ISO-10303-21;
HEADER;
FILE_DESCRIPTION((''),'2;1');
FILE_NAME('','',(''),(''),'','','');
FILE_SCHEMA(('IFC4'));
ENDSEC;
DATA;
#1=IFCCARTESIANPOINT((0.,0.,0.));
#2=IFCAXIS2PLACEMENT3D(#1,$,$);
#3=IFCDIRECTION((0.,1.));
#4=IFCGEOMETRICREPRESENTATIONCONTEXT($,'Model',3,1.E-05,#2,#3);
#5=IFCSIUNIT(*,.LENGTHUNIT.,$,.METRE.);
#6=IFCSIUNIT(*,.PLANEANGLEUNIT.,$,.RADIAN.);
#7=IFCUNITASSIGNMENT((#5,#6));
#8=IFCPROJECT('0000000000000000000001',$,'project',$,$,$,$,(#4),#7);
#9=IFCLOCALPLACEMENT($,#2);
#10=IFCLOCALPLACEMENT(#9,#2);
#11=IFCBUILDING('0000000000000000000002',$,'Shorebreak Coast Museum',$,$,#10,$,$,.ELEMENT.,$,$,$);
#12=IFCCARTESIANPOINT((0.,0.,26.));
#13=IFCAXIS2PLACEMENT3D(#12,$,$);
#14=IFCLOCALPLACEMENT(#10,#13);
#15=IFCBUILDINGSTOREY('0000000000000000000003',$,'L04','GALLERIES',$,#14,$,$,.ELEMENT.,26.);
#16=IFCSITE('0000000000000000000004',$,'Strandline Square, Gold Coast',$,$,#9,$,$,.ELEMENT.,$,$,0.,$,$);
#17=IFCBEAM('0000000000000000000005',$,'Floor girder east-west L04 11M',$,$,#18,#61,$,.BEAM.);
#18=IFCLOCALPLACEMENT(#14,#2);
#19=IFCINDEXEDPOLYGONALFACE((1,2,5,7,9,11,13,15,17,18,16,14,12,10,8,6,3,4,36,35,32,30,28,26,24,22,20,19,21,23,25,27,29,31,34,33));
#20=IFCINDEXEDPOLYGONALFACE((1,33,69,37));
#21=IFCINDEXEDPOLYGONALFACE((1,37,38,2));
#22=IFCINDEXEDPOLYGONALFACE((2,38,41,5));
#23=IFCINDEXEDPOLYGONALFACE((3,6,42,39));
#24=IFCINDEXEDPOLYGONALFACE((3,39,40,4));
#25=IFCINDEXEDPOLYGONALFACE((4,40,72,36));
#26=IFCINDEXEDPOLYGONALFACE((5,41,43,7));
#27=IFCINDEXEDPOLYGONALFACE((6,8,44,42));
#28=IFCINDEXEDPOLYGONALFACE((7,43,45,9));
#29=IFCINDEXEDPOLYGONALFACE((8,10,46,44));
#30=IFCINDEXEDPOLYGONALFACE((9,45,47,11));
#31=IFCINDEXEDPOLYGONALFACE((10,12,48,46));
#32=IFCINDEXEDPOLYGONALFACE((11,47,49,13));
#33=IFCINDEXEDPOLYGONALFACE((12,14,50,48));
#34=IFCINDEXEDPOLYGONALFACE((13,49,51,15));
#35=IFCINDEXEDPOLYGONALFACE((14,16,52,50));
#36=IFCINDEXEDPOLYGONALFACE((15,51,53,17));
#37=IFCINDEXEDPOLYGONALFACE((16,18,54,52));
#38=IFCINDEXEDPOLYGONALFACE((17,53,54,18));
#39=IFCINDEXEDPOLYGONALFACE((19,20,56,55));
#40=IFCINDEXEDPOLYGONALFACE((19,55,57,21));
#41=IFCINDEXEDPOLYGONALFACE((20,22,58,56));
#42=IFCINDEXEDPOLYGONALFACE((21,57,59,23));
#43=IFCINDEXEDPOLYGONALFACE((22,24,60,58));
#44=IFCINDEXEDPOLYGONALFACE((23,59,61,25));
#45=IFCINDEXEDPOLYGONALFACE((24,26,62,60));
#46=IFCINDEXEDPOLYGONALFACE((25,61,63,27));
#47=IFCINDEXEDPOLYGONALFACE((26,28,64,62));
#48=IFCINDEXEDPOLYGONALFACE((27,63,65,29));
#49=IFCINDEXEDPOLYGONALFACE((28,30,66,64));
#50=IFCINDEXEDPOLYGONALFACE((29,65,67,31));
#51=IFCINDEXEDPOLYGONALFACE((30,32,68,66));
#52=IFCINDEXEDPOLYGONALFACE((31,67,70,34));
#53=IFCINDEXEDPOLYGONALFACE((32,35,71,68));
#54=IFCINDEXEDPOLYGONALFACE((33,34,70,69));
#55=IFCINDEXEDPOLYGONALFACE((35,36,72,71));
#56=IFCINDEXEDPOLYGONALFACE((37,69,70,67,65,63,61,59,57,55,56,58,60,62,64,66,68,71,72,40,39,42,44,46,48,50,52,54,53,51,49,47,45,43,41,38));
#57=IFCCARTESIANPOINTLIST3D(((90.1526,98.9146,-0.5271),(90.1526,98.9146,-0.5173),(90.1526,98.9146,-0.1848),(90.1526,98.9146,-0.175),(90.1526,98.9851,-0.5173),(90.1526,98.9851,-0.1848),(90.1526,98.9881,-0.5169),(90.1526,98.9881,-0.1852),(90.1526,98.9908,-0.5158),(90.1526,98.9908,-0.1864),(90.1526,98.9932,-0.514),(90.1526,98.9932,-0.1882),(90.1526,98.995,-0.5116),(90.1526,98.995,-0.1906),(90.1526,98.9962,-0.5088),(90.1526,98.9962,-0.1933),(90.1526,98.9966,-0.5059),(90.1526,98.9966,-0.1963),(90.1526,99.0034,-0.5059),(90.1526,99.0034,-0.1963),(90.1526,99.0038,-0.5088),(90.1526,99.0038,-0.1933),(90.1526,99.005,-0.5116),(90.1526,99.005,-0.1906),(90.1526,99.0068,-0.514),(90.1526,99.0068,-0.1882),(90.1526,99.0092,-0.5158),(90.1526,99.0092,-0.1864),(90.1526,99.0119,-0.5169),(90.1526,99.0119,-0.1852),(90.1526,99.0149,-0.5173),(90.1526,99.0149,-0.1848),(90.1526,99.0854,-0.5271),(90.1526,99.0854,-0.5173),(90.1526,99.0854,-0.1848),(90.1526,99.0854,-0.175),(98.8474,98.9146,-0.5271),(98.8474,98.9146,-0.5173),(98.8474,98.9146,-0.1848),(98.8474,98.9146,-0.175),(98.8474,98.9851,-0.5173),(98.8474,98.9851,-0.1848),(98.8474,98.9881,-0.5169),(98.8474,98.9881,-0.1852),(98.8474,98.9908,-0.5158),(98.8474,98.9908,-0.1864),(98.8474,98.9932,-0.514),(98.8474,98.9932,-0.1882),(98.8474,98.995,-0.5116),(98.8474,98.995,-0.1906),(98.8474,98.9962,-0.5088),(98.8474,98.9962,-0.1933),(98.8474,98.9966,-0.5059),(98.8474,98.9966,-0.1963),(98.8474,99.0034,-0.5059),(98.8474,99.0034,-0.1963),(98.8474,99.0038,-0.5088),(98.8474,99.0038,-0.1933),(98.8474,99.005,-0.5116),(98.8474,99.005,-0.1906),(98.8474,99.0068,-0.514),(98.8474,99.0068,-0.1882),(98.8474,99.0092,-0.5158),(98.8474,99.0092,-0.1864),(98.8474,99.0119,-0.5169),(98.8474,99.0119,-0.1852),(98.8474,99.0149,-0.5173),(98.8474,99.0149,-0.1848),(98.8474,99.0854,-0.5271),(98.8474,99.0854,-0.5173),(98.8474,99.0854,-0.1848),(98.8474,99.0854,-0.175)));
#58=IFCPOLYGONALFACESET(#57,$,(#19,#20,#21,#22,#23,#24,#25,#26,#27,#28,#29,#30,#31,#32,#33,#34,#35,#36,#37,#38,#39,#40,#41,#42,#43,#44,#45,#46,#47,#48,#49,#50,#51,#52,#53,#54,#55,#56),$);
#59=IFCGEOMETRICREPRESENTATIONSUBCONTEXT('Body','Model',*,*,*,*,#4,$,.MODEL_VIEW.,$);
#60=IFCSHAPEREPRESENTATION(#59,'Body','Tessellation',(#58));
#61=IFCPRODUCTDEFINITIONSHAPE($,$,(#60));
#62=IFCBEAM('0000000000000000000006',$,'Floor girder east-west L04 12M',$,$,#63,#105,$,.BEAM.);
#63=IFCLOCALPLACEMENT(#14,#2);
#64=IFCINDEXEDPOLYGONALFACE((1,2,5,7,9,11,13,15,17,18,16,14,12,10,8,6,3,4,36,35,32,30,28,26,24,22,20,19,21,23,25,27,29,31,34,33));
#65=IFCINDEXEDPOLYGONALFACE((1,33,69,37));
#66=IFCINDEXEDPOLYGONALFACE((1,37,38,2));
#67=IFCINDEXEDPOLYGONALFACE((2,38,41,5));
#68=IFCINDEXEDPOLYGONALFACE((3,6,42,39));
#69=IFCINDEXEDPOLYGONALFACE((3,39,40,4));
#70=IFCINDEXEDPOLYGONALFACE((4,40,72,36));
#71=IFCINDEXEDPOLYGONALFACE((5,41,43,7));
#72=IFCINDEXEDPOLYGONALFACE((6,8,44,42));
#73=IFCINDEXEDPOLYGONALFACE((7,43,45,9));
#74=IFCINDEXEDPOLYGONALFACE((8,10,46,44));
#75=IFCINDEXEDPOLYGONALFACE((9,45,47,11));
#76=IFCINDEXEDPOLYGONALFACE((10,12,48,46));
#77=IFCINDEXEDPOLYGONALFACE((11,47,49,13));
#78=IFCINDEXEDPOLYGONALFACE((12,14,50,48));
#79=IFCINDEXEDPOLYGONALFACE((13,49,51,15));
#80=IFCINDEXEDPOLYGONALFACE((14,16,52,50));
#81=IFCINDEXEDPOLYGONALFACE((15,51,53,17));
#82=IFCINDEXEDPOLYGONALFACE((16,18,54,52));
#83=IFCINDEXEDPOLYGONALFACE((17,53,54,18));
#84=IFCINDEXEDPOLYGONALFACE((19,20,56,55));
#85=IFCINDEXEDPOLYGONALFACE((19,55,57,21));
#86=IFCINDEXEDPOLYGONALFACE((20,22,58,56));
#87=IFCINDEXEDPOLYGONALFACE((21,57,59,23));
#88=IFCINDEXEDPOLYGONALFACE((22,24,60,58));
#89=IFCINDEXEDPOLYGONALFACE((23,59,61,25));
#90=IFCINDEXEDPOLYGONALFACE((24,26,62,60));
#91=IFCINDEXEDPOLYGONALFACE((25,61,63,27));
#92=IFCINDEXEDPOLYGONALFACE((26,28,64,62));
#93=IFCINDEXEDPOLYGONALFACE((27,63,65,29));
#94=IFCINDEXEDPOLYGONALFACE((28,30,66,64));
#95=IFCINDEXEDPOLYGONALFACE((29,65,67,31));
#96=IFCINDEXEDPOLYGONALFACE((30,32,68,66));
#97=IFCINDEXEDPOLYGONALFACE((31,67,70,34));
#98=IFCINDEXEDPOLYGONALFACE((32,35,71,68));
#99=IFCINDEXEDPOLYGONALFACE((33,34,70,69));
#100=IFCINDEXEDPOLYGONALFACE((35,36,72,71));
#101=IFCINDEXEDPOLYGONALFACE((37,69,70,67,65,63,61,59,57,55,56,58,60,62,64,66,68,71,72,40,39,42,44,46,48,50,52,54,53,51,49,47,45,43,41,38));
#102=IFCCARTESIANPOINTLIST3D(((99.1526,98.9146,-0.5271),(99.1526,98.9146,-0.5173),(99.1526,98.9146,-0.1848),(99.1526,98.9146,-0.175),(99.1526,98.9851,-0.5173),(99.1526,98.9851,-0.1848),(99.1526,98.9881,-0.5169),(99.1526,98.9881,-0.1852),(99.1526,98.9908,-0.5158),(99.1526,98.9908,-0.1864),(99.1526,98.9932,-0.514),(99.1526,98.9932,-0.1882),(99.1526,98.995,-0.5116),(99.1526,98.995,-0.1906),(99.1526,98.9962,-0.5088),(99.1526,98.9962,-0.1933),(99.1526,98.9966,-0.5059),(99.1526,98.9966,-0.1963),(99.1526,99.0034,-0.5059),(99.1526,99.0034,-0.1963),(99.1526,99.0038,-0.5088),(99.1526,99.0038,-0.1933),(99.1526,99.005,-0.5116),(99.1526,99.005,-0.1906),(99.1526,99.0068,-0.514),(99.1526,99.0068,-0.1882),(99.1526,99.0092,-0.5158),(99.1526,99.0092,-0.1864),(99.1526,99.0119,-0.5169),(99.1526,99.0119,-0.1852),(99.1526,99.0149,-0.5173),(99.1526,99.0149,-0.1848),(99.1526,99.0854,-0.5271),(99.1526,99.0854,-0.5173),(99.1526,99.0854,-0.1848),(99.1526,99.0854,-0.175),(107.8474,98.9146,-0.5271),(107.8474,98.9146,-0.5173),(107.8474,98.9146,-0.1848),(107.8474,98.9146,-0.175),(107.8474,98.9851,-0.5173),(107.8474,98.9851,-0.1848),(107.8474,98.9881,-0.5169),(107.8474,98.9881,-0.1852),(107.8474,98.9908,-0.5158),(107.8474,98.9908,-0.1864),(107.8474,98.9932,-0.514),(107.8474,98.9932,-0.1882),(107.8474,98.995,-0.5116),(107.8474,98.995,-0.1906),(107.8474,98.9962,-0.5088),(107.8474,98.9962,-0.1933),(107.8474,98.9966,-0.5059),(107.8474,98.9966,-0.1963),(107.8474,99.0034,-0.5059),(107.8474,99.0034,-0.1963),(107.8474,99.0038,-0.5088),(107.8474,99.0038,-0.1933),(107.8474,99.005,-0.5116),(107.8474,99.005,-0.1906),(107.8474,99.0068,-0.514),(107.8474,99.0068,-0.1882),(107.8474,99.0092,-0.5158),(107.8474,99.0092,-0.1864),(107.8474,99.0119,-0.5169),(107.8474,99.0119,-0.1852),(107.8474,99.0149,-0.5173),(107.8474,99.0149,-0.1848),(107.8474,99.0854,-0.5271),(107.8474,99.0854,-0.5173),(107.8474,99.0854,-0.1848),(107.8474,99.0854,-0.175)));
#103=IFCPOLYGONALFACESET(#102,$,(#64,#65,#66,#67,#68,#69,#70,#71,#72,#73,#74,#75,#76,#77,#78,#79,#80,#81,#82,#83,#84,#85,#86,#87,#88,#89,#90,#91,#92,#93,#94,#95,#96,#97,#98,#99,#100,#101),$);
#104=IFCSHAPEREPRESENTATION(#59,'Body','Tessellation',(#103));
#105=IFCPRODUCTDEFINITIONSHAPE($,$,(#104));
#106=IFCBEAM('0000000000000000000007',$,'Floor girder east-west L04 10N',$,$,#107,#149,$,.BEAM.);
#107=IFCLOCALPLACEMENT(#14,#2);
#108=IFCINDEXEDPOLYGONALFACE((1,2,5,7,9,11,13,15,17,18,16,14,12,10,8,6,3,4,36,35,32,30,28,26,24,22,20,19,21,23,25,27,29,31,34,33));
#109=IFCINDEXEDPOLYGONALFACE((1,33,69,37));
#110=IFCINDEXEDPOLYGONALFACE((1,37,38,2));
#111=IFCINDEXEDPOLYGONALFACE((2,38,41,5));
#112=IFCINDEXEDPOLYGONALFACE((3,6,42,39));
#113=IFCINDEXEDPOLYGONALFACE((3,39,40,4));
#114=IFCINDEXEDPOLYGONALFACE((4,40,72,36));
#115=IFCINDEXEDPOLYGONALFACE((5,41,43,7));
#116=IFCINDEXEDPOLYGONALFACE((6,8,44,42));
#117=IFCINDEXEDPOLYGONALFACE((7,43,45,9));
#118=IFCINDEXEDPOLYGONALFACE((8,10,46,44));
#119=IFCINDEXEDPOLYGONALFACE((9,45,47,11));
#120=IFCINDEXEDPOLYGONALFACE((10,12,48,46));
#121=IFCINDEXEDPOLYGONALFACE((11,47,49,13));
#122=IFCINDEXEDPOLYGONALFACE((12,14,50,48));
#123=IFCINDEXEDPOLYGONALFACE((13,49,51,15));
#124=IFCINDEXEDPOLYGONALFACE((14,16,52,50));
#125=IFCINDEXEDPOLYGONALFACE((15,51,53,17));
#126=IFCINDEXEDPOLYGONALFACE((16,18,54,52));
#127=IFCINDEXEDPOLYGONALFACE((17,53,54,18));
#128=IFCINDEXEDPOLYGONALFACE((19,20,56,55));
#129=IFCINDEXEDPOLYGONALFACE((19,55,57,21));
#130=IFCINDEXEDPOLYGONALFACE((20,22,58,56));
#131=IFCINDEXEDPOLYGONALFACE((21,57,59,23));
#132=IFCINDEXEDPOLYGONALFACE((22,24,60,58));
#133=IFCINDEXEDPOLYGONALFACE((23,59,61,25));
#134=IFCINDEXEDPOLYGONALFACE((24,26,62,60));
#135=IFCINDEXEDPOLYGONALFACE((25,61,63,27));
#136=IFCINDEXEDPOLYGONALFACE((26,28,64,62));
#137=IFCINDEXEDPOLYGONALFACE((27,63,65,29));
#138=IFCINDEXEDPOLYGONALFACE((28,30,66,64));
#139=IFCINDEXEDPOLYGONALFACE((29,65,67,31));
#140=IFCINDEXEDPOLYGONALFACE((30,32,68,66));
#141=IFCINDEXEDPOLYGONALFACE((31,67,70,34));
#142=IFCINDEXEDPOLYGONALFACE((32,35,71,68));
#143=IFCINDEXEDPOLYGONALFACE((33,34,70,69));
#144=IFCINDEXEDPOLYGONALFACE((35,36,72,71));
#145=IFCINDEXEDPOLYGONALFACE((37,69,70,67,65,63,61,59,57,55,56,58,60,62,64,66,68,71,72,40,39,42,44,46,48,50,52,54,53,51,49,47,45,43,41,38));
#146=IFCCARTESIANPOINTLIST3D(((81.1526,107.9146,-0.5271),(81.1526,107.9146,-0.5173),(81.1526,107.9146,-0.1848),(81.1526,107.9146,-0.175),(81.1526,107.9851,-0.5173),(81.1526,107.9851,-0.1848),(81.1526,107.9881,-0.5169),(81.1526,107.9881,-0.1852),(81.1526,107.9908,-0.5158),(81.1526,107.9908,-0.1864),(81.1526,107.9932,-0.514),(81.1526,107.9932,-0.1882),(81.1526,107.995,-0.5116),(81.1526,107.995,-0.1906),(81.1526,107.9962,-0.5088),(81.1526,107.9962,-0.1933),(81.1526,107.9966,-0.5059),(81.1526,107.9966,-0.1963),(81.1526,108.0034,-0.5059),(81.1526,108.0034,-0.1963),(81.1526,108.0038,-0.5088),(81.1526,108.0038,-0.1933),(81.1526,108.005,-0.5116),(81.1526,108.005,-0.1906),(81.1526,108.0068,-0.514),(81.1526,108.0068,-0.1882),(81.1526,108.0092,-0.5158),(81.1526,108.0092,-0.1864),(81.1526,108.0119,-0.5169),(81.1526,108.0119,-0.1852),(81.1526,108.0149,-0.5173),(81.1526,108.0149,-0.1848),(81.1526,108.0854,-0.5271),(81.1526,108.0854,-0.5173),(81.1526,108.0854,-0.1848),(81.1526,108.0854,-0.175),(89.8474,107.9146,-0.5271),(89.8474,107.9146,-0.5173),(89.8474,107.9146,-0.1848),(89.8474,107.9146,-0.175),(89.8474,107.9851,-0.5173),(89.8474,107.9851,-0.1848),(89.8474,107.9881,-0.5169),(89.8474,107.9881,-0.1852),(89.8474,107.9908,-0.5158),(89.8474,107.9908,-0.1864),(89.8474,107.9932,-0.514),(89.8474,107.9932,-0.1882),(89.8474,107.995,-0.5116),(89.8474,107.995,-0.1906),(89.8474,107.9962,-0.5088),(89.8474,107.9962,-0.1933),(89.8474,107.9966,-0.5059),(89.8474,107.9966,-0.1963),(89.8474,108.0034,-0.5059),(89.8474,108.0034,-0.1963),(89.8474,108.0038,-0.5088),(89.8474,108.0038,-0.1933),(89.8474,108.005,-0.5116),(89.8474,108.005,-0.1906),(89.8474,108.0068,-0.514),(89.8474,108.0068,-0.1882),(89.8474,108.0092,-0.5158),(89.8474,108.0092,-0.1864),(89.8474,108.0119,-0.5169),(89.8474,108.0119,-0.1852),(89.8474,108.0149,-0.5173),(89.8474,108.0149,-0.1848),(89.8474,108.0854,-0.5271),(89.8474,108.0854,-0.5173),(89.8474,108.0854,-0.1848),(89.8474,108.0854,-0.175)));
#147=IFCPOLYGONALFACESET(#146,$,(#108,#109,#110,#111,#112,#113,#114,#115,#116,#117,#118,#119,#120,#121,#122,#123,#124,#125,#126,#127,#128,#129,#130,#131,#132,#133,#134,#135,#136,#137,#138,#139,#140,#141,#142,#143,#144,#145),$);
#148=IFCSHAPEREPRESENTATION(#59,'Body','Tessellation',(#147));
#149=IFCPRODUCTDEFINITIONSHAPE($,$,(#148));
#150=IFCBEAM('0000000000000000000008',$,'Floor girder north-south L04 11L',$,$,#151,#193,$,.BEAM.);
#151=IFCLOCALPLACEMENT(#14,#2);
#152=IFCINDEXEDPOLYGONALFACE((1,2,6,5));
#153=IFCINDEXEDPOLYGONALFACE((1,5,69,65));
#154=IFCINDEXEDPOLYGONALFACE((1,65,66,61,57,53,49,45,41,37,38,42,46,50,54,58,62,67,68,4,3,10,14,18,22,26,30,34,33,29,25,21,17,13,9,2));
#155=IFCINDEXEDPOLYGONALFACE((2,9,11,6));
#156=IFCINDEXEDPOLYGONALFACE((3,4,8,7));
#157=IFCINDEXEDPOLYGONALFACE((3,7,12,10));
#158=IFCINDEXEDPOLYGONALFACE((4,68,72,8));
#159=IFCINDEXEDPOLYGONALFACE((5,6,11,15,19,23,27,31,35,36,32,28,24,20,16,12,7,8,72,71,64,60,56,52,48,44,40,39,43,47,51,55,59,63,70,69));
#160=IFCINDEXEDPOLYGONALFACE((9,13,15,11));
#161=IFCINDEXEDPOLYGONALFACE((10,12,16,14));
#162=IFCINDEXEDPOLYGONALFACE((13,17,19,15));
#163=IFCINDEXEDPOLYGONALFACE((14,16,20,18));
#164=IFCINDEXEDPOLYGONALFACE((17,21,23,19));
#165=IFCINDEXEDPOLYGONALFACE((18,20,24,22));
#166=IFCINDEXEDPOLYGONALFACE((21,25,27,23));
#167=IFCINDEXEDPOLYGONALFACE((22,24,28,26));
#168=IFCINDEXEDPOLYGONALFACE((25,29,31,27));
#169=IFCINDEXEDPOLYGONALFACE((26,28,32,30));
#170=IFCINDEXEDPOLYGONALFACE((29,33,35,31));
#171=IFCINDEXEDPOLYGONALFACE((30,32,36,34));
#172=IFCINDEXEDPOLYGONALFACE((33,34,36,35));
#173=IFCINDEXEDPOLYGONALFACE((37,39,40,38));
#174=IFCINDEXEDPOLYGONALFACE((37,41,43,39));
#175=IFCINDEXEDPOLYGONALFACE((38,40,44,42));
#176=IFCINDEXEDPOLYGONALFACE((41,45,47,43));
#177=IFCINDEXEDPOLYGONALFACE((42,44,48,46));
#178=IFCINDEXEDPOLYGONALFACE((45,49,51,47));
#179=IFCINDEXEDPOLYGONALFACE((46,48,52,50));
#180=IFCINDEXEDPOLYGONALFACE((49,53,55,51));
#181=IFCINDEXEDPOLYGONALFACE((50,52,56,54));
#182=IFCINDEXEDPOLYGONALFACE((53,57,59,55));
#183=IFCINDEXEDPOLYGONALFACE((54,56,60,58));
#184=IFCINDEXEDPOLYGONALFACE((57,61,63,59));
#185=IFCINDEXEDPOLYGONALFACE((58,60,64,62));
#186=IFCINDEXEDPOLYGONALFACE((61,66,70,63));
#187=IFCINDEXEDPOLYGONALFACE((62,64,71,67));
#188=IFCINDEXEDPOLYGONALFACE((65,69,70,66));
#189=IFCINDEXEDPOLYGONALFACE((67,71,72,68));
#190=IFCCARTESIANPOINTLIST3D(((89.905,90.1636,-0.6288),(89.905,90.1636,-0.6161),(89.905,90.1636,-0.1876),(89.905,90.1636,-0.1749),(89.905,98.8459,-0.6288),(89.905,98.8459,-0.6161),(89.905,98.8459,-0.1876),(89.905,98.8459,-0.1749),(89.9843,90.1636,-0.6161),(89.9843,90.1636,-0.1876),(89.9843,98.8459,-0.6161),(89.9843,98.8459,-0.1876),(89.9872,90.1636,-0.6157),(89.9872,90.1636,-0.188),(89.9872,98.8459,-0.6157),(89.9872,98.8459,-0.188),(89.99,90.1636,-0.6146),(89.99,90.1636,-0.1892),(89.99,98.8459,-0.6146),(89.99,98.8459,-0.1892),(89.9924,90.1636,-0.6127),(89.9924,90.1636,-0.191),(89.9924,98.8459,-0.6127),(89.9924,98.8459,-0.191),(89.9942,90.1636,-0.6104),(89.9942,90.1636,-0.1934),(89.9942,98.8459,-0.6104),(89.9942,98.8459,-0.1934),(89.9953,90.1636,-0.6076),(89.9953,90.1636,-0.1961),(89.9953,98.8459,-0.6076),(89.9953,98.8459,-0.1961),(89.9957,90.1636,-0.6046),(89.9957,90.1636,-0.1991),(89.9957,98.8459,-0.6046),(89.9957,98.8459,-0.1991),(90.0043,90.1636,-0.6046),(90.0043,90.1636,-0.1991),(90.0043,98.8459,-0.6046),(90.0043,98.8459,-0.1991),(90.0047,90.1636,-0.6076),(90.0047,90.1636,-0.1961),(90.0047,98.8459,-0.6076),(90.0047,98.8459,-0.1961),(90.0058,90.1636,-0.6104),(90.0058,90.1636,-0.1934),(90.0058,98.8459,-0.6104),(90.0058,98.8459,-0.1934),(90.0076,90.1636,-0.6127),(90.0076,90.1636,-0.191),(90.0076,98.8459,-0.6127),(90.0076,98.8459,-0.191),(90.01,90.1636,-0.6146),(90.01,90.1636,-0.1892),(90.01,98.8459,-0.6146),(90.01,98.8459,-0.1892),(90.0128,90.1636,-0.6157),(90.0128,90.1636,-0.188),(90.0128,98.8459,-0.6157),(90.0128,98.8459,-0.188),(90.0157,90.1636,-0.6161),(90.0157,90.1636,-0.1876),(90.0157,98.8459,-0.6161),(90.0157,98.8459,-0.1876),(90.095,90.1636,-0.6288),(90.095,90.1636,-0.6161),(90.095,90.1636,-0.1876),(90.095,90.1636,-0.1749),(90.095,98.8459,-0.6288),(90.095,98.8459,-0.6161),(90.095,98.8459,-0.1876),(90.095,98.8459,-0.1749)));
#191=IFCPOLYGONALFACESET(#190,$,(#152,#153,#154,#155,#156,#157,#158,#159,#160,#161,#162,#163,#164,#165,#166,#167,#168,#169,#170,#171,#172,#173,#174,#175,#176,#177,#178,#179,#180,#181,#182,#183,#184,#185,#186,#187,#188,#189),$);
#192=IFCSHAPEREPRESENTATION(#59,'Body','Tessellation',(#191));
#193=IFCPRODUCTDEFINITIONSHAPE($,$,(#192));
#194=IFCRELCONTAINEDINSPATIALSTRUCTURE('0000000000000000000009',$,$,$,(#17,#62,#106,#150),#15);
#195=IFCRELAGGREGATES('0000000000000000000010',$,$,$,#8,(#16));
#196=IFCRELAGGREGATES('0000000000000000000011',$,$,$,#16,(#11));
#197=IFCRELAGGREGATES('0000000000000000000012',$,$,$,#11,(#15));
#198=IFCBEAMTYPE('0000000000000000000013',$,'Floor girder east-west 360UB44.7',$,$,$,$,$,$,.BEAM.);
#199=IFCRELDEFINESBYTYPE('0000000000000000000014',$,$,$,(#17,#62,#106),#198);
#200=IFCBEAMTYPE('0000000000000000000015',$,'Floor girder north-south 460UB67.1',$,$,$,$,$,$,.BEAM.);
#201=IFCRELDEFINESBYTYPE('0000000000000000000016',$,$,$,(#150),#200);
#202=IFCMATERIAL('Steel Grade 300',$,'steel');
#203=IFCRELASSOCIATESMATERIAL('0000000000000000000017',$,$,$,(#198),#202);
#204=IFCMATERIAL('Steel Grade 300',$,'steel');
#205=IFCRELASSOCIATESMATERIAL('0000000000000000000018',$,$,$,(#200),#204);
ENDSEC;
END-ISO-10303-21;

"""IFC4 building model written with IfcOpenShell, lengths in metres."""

from ifc_helpers import new_model, si_unit, direction, frame, origin, origin_2d, place, context, subcontext, project, spatial, i_section, extrude, material, material_profile, profile_set, type_object, element, save


model = new_model("IFC4")

# Units and contexts
model_context = context("Model", 3, precision=1e-05, world=origin(), true_north=direction((0.0, 1.0)))
body_context = subcontext(model_context, "Body", "Model", "MODEL_VIEW")
ifc_project = project(units=[si_unit("LENGTHUNIT", "METRE"), si_unit("PLANEANGLEUNIT", "RADIAN")], contexts=[model_context])

# Site, building, storey
site_placement = place(None, origin())
site = spatial("IfcSite", under=ifc_project, at=site_placement, Name="Strandline Square, Gold Coast", CompositionType="ELEMENT", RefElevation=0.0)
building_placement = place(site_placement, origin())
building = spatial("IfcBuilding", under=site, at=building_placement, Name="Shorebreak Coast Museum", CompositionType="ELEMENT")
storey_placement = place(building_placement, frame((0.0, 0.0, 26.0)))
storey = spatial("IfcBuildingStorey", under=building, at=storey_placement, Name="L04", Description="GALLERIES", CompositionType="ELEMENT", Elevation=26.0)

# Beams
ifc_material_1 = material(Name="Steel Grade 300", Category="steel")
ifc_material_profile_1 = material_profile(ifc_material_1, i_section(OverallWidth=0.1709, OverallDepth=0.3521, WebThickness=0.0068, FlangeThickness=0.0098, FilletRadius=0.0115, at=origin_2d()), Name="360UB44.7")
ifc_profile_set_1 = profile_set([ifc_material_profile_1], Name="Steel Grade 300")
beam_type_1 = type_object("IfcBeamType", Name="Floor girder east-west 360UB44.7", PredefinedType="BEAM", material=ifc_profile_set_1)
for number, where, z_axis, x_axis, name in (
    (1, (90.1526, 99.0, -0.3511), (1.0, 0.0, 0.0), (0.0, 1.0, 0.0), "Floor girder east-west L04 11M"),
    (2, (99.1526, 99.0, -0.3511), (1.0, 0.0, 0.0), (0.0, 1.0, 0.0), "Floor girder east-west L04 12M"),
    (3, (81.1526, 108.0, -0.3511), (1.0, 0.0, 0.0), (0.0, 1.0, 0.0), "Floor girder east-west L04 10N"),
):
    element("IfcBeam", number, at=place(storey_placement, frame(where, z_axis=z_axis, x_axis=x_axis)), inside=storey, type_object=beam_type_1, Name=name, PredefinedType="BEAM", context=body_context, shape_type="SweptSolid", body=[
        extrude(i_section(OverallWidth=0.1709, OverallDepth=0.3521, WebThickness=0.0068, FlangeThickness=0.0098, FilletRadius=0.0115, at=origin_2d()), origin(), (0.0, 0.0, 1.0), 8.6948),
    ])
ifc_material_2 = material(Name="Steel Grade 300", Category="steel")
ifc_material_profile_2 = material_profile(ifc_material_2, i_section(OverallWidth=0.1899, OverallDepth=0.4539, WebThickness=0.0085, FlangeThickness=0.0127, FilletRadius=0.0115, at=origin_2d()), Name="460UB67.1")
ifc_profile_set_2 = profile_set([ifc_material_profile_2], Name="Steel Grade 300")
beam_type_2 = type_object("IfcBeamType", Name="Floor girder north-south 460UB67.1", PredefinedType="BEAM", material=ifc_profile_set_2)
for number, where, z_axis, x_axis, name in (
    (4, (90.0, 90.1636, -0.4019), (0.0, 1.0, 0.0), (-1.0, 0.0, 0.0), "Floor girder north-south L04 11L"),
):
    element("IfcBeam", number, at=place(storey_placement, frame(where, z_axis=z_axis, x_axis=x_axis)), inside=storey, type_object=beam_type_2, Name=name, PredefinedType="BEAM", context=body_context, shape_type="SweptSolid", body=[
        extrude(i_section(OverallWidth=0.1899, OverallDepth=0.4539, WebThickness=0.0085, FlangeThickness=0.0127, FilletRadius=0.0115, at=origin_2d()), origin(), (0.0, 0.0, 1.0), 8.6824),
    ])

save(model, "model.ifc")
